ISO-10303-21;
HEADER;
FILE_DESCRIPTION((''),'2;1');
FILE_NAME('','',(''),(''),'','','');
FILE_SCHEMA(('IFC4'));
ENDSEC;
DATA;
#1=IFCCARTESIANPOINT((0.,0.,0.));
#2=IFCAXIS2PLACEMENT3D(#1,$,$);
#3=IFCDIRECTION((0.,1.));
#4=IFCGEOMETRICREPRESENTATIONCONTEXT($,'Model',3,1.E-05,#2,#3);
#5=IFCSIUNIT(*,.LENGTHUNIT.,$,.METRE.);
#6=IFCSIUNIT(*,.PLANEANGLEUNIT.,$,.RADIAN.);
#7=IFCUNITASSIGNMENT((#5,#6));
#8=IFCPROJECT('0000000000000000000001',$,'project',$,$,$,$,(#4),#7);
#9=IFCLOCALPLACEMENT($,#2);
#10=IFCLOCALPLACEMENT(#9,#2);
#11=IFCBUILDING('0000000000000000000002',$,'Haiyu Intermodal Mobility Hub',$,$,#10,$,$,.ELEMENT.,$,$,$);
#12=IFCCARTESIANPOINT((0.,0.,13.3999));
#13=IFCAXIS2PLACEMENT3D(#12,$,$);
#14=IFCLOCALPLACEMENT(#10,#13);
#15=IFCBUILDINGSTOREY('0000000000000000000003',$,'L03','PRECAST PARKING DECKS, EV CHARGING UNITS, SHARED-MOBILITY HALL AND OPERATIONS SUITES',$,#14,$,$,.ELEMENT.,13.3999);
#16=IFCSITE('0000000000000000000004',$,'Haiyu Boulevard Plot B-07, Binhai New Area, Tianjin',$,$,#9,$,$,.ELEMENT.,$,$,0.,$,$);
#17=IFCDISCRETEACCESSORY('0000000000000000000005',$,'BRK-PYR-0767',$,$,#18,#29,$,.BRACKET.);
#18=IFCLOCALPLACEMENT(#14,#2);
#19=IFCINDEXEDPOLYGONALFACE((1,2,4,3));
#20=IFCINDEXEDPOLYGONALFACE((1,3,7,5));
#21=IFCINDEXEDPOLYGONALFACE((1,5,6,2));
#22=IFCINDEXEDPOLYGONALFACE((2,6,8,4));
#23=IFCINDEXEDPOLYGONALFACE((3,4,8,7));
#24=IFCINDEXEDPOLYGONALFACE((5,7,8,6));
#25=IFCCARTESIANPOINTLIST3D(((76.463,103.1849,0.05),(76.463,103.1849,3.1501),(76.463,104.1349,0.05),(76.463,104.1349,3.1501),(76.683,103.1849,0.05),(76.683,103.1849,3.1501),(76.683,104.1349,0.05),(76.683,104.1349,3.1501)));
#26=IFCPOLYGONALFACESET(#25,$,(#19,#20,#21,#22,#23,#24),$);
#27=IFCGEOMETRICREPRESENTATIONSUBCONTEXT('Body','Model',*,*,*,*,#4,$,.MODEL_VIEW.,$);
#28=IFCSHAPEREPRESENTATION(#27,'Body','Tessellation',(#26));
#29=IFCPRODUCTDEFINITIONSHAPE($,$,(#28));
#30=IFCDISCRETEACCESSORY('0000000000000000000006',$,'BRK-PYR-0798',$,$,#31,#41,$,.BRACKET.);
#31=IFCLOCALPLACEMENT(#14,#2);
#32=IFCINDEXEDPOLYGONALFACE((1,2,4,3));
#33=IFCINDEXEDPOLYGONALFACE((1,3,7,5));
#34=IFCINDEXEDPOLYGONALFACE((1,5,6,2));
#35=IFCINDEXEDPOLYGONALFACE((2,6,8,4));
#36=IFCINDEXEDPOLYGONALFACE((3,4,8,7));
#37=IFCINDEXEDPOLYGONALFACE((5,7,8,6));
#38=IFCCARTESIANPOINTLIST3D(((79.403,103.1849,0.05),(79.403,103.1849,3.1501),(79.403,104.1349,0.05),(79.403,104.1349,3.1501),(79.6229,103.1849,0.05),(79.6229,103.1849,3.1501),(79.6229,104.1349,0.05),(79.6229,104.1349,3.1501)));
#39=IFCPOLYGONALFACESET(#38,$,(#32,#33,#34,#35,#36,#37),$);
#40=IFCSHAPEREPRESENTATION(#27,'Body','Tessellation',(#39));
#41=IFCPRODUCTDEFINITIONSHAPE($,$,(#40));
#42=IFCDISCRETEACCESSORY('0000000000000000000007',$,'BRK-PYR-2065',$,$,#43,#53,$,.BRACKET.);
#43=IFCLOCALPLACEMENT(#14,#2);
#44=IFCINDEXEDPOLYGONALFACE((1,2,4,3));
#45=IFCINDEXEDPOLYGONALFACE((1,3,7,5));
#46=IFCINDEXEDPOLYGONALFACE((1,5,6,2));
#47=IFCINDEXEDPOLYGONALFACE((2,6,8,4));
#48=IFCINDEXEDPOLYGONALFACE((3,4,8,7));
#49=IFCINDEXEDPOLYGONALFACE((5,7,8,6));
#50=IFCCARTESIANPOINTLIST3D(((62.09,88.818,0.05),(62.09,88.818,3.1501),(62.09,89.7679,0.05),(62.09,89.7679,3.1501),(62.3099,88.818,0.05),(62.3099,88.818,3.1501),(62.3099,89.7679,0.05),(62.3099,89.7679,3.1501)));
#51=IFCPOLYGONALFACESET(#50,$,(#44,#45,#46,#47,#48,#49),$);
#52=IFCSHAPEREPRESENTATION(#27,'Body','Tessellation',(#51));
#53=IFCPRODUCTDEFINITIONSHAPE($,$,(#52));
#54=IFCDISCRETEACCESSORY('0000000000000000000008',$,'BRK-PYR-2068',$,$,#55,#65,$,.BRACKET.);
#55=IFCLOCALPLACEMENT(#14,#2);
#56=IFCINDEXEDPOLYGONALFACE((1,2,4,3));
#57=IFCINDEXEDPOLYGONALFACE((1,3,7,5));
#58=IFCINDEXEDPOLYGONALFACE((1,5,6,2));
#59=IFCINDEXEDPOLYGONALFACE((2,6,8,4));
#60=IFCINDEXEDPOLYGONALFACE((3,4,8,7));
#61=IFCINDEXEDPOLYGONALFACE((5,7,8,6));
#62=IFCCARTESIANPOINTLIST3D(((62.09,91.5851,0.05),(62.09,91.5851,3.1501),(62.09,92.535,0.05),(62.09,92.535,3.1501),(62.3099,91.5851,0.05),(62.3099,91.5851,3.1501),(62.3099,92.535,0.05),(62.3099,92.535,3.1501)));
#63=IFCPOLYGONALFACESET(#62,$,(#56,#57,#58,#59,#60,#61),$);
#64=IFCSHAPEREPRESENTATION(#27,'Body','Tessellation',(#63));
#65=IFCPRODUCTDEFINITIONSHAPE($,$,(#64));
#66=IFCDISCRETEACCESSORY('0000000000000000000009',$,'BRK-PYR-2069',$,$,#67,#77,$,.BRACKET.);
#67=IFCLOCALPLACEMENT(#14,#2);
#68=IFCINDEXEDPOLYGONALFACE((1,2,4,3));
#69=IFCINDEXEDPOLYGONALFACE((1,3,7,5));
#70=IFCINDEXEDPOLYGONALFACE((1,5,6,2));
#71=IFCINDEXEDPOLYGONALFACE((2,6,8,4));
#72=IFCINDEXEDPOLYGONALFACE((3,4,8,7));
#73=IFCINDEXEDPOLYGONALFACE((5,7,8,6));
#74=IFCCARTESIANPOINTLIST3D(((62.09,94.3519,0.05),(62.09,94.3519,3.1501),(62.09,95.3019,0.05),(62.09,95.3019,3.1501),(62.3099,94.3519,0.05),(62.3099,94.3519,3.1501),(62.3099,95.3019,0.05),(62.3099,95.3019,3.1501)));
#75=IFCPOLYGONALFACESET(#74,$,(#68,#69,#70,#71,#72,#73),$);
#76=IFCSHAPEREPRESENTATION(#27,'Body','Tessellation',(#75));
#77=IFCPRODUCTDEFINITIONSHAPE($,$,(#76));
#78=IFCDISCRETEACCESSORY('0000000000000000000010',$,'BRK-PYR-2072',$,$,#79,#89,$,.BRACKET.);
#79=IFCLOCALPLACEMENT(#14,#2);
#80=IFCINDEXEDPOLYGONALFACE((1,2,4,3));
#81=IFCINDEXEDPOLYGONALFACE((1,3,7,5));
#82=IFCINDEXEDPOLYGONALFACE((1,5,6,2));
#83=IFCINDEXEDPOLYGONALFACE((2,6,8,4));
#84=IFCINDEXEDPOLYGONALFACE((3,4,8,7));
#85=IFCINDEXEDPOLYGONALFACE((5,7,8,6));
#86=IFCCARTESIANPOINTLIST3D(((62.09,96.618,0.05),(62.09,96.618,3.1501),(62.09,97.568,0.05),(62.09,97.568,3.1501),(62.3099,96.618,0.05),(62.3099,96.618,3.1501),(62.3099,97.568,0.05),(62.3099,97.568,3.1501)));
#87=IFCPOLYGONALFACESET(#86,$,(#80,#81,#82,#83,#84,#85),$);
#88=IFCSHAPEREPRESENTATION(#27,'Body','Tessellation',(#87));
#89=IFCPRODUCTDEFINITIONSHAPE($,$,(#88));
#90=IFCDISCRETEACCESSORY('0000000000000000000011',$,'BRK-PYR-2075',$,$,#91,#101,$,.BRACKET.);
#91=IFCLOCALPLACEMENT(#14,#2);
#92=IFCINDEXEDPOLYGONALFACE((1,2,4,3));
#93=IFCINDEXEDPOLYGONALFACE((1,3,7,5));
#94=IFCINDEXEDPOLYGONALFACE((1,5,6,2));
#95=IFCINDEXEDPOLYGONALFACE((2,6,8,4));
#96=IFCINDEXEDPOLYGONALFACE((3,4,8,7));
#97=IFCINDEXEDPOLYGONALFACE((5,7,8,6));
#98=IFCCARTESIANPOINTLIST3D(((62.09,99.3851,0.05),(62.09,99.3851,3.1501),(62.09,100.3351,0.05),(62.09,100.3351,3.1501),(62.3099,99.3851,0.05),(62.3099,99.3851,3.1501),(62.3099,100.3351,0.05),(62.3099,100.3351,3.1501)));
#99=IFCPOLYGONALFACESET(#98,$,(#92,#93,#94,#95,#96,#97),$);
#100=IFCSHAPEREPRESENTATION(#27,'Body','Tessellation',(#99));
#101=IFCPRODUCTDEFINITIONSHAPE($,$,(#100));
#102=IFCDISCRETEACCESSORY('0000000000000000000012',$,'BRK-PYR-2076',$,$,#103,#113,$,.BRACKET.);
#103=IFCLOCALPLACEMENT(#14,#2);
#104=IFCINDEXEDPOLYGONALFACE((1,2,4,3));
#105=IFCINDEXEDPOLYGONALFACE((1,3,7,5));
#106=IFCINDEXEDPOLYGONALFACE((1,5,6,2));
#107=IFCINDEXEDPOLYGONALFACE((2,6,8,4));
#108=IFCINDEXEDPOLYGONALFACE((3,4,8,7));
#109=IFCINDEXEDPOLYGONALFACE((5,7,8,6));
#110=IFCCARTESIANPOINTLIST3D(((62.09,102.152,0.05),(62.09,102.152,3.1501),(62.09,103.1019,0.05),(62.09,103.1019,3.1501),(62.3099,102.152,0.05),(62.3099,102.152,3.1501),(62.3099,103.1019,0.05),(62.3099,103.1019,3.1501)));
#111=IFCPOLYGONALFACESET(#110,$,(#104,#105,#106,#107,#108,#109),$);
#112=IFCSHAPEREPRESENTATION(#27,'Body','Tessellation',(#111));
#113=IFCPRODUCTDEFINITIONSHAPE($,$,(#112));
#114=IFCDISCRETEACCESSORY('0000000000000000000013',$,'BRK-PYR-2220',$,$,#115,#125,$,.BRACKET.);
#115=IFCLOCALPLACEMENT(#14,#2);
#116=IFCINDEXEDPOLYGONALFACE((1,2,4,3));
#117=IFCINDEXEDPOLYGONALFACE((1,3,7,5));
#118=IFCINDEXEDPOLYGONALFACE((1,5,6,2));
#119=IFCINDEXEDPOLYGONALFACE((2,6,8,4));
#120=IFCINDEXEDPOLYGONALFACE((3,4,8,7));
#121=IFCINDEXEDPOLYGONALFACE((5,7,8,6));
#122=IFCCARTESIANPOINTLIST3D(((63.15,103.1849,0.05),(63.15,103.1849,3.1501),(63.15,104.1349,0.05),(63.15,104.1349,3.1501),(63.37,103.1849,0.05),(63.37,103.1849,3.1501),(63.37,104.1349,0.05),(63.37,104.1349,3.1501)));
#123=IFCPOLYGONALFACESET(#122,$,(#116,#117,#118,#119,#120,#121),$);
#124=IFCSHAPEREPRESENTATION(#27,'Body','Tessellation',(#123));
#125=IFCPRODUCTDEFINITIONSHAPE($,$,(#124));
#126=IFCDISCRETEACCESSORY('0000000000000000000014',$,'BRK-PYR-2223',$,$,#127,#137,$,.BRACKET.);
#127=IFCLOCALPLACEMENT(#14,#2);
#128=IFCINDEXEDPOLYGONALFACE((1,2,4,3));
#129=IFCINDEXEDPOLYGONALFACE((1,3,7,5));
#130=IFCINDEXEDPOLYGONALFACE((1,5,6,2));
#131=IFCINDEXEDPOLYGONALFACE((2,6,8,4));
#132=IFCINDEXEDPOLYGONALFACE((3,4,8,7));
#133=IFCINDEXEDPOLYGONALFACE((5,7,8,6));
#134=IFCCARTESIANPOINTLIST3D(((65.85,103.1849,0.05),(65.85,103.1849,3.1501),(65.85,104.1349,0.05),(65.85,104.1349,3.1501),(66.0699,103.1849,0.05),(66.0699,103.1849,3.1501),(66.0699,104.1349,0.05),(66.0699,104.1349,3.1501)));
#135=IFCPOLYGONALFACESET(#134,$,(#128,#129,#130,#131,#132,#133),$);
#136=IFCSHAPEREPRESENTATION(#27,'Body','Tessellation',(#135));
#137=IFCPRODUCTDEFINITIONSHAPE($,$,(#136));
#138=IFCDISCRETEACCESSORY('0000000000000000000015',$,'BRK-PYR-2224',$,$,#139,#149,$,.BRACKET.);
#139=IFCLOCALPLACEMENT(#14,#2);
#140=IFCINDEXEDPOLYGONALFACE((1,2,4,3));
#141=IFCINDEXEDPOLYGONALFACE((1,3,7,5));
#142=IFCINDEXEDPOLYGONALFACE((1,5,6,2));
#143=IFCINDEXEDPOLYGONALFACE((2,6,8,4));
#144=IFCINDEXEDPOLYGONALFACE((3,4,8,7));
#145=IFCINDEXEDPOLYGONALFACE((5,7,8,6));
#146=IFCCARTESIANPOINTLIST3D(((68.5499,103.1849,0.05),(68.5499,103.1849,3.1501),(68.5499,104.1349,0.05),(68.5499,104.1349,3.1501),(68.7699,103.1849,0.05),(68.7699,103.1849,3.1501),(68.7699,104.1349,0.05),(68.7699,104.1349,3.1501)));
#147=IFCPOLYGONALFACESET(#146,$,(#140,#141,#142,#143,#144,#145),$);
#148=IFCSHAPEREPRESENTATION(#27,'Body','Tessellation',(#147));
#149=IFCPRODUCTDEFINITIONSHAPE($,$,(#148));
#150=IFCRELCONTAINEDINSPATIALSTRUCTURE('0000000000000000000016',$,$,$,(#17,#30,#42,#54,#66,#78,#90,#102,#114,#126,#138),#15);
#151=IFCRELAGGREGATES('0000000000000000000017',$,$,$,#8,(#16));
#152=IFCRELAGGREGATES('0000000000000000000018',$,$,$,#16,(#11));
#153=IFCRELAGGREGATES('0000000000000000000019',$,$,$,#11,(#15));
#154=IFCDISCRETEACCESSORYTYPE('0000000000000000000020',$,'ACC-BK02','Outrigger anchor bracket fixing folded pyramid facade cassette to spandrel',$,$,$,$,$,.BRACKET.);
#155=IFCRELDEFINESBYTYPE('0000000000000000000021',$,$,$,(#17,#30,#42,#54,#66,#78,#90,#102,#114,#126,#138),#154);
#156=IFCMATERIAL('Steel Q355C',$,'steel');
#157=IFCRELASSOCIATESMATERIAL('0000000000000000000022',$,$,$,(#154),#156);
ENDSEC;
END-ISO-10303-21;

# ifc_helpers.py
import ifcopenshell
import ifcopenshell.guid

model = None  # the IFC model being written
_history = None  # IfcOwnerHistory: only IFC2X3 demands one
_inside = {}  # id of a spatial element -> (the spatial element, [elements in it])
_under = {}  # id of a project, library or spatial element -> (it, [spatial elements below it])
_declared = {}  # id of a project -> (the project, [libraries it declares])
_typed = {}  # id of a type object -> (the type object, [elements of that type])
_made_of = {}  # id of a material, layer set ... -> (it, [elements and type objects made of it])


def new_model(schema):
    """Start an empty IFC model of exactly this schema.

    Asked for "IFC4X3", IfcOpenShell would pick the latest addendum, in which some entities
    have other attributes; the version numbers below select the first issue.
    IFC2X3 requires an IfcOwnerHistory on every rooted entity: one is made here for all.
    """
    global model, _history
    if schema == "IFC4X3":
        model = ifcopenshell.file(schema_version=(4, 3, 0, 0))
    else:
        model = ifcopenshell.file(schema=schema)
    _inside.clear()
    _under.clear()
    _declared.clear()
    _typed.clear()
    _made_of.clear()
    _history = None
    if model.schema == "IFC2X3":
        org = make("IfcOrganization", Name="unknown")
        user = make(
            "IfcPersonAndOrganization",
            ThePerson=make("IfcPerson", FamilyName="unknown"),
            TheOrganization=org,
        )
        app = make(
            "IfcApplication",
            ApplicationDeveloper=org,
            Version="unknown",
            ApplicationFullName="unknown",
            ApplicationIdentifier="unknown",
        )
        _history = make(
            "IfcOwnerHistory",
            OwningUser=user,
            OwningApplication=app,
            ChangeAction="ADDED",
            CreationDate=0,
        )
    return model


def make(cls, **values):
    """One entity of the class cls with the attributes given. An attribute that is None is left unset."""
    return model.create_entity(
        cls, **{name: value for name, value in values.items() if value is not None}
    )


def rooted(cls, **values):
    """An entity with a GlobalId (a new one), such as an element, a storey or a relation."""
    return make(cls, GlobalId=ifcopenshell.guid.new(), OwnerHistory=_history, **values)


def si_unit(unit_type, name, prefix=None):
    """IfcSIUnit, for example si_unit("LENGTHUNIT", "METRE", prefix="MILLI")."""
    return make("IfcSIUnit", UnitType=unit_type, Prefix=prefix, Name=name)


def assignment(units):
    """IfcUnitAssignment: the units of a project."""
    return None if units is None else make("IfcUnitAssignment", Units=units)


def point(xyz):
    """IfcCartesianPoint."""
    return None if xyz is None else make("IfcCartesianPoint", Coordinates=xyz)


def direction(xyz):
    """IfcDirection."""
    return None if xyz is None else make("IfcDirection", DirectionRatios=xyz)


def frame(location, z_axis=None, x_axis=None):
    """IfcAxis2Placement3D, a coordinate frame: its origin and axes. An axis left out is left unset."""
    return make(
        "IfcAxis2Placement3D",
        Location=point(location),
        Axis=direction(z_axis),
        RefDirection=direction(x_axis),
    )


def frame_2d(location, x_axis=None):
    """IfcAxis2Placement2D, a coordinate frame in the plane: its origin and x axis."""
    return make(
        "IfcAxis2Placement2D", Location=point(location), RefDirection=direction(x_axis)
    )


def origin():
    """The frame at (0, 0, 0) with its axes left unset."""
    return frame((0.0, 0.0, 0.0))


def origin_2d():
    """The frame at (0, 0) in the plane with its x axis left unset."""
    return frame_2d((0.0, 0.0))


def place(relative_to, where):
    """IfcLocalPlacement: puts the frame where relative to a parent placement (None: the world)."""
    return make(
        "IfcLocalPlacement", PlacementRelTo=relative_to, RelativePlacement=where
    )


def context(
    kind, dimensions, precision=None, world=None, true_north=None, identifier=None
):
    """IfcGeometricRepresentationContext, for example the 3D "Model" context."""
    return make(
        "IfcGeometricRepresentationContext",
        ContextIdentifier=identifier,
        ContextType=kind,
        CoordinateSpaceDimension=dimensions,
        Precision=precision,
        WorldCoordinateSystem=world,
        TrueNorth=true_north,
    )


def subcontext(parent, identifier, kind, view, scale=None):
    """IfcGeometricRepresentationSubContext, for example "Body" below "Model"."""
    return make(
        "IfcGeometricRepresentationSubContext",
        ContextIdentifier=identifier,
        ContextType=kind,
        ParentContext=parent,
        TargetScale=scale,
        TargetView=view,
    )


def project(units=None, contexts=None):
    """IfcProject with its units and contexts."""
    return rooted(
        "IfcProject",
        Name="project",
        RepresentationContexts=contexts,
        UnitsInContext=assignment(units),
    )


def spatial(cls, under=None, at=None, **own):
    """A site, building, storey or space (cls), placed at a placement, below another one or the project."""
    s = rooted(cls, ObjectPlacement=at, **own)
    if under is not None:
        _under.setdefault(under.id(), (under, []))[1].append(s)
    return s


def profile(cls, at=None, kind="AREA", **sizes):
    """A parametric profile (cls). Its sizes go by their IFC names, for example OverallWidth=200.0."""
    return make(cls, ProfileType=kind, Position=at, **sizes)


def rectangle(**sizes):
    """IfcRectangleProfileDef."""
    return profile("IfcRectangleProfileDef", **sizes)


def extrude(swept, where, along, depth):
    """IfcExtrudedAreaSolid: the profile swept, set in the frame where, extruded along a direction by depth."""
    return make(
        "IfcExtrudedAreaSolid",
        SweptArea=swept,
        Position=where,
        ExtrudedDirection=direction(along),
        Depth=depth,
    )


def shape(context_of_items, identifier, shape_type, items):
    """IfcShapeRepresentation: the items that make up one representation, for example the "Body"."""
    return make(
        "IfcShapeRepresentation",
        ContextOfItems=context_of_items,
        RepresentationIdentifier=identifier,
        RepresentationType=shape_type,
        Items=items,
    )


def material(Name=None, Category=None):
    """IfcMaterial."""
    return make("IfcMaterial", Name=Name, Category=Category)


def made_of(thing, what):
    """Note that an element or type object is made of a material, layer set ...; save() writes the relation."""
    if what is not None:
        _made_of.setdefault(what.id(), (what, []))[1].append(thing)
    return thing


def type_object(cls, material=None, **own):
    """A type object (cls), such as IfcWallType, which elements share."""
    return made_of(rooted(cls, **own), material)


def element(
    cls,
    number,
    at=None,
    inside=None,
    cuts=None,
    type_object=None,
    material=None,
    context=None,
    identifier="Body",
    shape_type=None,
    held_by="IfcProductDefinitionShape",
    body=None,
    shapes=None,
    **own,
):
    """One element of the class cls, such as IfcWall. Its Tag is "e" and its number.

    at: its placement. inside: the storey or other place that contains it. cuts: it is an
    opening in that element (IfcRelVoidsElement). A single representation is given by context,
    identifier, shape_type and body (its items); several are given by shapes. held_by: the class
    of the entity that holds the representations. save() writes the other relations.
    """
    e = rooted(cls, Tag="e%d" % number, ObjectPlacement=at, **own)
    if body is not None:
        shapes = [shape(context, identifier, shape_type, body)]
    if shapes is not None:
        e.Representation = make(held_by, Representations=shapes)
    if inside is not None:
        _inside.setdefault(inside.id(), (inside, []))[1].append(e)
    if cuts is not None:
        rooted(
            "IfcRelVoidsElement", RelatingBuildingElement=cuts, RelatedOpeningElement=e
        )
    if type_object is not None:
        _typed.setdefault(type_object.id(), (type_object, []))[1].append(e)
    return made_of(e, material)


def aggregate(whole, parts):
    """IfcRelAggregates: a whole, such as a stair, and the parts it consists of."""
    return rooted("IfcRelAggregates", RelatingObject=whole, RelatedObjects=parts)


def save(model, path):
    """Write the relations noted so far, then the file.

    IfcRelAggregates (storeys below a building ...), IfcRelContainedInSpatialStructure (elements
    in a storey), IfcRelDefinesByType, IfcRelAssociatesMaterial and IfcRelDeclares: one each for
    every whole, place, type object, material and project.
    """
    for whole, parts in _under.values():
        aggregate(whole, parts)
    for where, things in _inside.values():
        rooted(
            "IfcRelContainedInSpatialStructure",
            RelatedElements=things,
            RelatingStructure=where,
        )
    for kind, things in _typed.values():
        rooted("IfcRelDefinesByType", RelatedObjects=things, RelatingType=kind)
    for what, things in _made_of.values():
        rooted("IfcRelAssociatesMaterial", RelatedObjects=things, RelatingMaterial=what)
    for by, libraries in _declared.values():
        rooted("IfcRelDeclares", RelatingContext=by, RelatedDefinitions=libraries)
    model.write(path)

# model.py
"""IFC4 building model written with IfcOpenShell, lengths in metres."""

from ifc_helpers import new_model, si_unit, direction, frame, origin, origin_2d, place, context, subcontext, project, spatial, rectangle, extrude, material, type_object, element, save


model = new_model("IFC4")

# Units and contexts
model_context = context("Model", 3, precision=1e-05, world=origin(), true_north=direction((0.0, 1.0)))
body_context = subcontext(model_context, "Body", "Model", "MODEL_VIEW")
ifc_project = project(units=[si_unit("LENGTHUNIT", "METRE"), si_unit("PLANEANGLEUNIT", "RADIAN")], contexts=[model_context])

# Site, building, storey
site_placement = place(None, origin())
site = spatial("IfcSite", under=ifc_project, at=site_placement, Name="Haiyu Boulevard Plot B-07, Binhai New Area, Tianjin", CompositionType="ELEMENT", RefElevation=0.0)
building_placement = place(site_placement, origin())
building = spatial("IfcBuilding", under=site, at=building_placement, Name="Haiyu Intermodal Mobility Hub", CompositionType="ELEMENT")
storey_placement = place(building_placement, frame((0.0, 0.0, 13.3999)))
storey = spatial("IfcBuildingStorey", under=building, at=storey_placement, Name="L03", Description="PRECAST PARKING DECKS, EV CHARGING UNITS, SHARED-MOBILITY HALL AND OPERATIONS SUITES", CompositionType="ELEMENT", Elevation=13.3999)

# Shared definitions
ifc_material_1 = material(Name="Steel Q355C", Category="steel")

# Discrete accessories
discrete_accessory_type = type_object("IfcDiscreteAccessoryType", Name="ACC-BK02", Description="Outrigger anchor bracket fixing folded pyramid facade cassette to spandrel", PredefinedType="BRACKET", material=ifc_material_1)
for number, where, z_axis, x_axis, name in (
    (1, (76.573, 103.6599, 0.05), (0.0, 0.0, 1.0), (1.0, 0.0, 0.0), "BRK-PYR-0767"),
    (2, (79.5129, 103.6599, 0.05), (0.0, 0.0, 1.0), (1.0, 0.0, 0.0), "BRK-PYR-0798"),
    (3, (62.2, 89.293, 0.05), (0.0, 0.0, 1.0), (1.0, 0.0, 0.0), "BRK-PYR-2065"),
    (4, (62.2, 92.0601, 0.05), (0.0, 0.0, 1.0), (1.0, 0.0, 0.0), "BRK-PYR-2068"),
    (5, (62.2, 94.8269, 0.05), (0.0, 0.0, 1.0), (1.0, 0.0, 0.0), "BRK-PYR-2069"),
    (6, (62.2, 97.093, 0.05), (0.0, 0.0, 1.0), (1.0, 0.0, 0.0), "BRK-PYR-2072"),
    (7, (62.2, 99.8601, 0.05), (0.0, 0.0, 1.0), (1.0, 0.0, 0.0), "BRK-PYR-2075"),
    (8, (62.2, 102.627, 0.05), (0.0, 0.0, 1.0), (1.0, 0.0, 0.0), "BRK-PYR-2076"),
    (9, (63.26, 103.6599, 0.05), (0.0, 0.0, 1.0), (1.0, 0.0, 0.0), "BRK-PYR-2220"),
    (10, (65.96, 103.6599, 0.05), (0.0, 0.0, 1.0), (1.0, 0.0, 0.0), "BRK-PYR-2223"),
    (11, (68.6599, 103.6599, 0.05), (0.0, 0.0, 1.0), (1.0, 0.0, 0.0), "BRK-PYR-2224"),
):
    element("IfcDiscreteAccessory", number, at=place(storey_placement, frame(where, z_axis=z_axis, x_axis=x_axis)), inside=storey, type_object=discrete_accessory_type, Name=name, PredefinedType="BRACKET", context=body_context, shape_type="SweptSolid", body=[
        extrude(rectangle(XDim=0.22, YDim=0.95, at=origin_2d()), origin(), (0.0, 0.0, 1.0), 3.1001),
    ])

save(model, "model.ifc")
